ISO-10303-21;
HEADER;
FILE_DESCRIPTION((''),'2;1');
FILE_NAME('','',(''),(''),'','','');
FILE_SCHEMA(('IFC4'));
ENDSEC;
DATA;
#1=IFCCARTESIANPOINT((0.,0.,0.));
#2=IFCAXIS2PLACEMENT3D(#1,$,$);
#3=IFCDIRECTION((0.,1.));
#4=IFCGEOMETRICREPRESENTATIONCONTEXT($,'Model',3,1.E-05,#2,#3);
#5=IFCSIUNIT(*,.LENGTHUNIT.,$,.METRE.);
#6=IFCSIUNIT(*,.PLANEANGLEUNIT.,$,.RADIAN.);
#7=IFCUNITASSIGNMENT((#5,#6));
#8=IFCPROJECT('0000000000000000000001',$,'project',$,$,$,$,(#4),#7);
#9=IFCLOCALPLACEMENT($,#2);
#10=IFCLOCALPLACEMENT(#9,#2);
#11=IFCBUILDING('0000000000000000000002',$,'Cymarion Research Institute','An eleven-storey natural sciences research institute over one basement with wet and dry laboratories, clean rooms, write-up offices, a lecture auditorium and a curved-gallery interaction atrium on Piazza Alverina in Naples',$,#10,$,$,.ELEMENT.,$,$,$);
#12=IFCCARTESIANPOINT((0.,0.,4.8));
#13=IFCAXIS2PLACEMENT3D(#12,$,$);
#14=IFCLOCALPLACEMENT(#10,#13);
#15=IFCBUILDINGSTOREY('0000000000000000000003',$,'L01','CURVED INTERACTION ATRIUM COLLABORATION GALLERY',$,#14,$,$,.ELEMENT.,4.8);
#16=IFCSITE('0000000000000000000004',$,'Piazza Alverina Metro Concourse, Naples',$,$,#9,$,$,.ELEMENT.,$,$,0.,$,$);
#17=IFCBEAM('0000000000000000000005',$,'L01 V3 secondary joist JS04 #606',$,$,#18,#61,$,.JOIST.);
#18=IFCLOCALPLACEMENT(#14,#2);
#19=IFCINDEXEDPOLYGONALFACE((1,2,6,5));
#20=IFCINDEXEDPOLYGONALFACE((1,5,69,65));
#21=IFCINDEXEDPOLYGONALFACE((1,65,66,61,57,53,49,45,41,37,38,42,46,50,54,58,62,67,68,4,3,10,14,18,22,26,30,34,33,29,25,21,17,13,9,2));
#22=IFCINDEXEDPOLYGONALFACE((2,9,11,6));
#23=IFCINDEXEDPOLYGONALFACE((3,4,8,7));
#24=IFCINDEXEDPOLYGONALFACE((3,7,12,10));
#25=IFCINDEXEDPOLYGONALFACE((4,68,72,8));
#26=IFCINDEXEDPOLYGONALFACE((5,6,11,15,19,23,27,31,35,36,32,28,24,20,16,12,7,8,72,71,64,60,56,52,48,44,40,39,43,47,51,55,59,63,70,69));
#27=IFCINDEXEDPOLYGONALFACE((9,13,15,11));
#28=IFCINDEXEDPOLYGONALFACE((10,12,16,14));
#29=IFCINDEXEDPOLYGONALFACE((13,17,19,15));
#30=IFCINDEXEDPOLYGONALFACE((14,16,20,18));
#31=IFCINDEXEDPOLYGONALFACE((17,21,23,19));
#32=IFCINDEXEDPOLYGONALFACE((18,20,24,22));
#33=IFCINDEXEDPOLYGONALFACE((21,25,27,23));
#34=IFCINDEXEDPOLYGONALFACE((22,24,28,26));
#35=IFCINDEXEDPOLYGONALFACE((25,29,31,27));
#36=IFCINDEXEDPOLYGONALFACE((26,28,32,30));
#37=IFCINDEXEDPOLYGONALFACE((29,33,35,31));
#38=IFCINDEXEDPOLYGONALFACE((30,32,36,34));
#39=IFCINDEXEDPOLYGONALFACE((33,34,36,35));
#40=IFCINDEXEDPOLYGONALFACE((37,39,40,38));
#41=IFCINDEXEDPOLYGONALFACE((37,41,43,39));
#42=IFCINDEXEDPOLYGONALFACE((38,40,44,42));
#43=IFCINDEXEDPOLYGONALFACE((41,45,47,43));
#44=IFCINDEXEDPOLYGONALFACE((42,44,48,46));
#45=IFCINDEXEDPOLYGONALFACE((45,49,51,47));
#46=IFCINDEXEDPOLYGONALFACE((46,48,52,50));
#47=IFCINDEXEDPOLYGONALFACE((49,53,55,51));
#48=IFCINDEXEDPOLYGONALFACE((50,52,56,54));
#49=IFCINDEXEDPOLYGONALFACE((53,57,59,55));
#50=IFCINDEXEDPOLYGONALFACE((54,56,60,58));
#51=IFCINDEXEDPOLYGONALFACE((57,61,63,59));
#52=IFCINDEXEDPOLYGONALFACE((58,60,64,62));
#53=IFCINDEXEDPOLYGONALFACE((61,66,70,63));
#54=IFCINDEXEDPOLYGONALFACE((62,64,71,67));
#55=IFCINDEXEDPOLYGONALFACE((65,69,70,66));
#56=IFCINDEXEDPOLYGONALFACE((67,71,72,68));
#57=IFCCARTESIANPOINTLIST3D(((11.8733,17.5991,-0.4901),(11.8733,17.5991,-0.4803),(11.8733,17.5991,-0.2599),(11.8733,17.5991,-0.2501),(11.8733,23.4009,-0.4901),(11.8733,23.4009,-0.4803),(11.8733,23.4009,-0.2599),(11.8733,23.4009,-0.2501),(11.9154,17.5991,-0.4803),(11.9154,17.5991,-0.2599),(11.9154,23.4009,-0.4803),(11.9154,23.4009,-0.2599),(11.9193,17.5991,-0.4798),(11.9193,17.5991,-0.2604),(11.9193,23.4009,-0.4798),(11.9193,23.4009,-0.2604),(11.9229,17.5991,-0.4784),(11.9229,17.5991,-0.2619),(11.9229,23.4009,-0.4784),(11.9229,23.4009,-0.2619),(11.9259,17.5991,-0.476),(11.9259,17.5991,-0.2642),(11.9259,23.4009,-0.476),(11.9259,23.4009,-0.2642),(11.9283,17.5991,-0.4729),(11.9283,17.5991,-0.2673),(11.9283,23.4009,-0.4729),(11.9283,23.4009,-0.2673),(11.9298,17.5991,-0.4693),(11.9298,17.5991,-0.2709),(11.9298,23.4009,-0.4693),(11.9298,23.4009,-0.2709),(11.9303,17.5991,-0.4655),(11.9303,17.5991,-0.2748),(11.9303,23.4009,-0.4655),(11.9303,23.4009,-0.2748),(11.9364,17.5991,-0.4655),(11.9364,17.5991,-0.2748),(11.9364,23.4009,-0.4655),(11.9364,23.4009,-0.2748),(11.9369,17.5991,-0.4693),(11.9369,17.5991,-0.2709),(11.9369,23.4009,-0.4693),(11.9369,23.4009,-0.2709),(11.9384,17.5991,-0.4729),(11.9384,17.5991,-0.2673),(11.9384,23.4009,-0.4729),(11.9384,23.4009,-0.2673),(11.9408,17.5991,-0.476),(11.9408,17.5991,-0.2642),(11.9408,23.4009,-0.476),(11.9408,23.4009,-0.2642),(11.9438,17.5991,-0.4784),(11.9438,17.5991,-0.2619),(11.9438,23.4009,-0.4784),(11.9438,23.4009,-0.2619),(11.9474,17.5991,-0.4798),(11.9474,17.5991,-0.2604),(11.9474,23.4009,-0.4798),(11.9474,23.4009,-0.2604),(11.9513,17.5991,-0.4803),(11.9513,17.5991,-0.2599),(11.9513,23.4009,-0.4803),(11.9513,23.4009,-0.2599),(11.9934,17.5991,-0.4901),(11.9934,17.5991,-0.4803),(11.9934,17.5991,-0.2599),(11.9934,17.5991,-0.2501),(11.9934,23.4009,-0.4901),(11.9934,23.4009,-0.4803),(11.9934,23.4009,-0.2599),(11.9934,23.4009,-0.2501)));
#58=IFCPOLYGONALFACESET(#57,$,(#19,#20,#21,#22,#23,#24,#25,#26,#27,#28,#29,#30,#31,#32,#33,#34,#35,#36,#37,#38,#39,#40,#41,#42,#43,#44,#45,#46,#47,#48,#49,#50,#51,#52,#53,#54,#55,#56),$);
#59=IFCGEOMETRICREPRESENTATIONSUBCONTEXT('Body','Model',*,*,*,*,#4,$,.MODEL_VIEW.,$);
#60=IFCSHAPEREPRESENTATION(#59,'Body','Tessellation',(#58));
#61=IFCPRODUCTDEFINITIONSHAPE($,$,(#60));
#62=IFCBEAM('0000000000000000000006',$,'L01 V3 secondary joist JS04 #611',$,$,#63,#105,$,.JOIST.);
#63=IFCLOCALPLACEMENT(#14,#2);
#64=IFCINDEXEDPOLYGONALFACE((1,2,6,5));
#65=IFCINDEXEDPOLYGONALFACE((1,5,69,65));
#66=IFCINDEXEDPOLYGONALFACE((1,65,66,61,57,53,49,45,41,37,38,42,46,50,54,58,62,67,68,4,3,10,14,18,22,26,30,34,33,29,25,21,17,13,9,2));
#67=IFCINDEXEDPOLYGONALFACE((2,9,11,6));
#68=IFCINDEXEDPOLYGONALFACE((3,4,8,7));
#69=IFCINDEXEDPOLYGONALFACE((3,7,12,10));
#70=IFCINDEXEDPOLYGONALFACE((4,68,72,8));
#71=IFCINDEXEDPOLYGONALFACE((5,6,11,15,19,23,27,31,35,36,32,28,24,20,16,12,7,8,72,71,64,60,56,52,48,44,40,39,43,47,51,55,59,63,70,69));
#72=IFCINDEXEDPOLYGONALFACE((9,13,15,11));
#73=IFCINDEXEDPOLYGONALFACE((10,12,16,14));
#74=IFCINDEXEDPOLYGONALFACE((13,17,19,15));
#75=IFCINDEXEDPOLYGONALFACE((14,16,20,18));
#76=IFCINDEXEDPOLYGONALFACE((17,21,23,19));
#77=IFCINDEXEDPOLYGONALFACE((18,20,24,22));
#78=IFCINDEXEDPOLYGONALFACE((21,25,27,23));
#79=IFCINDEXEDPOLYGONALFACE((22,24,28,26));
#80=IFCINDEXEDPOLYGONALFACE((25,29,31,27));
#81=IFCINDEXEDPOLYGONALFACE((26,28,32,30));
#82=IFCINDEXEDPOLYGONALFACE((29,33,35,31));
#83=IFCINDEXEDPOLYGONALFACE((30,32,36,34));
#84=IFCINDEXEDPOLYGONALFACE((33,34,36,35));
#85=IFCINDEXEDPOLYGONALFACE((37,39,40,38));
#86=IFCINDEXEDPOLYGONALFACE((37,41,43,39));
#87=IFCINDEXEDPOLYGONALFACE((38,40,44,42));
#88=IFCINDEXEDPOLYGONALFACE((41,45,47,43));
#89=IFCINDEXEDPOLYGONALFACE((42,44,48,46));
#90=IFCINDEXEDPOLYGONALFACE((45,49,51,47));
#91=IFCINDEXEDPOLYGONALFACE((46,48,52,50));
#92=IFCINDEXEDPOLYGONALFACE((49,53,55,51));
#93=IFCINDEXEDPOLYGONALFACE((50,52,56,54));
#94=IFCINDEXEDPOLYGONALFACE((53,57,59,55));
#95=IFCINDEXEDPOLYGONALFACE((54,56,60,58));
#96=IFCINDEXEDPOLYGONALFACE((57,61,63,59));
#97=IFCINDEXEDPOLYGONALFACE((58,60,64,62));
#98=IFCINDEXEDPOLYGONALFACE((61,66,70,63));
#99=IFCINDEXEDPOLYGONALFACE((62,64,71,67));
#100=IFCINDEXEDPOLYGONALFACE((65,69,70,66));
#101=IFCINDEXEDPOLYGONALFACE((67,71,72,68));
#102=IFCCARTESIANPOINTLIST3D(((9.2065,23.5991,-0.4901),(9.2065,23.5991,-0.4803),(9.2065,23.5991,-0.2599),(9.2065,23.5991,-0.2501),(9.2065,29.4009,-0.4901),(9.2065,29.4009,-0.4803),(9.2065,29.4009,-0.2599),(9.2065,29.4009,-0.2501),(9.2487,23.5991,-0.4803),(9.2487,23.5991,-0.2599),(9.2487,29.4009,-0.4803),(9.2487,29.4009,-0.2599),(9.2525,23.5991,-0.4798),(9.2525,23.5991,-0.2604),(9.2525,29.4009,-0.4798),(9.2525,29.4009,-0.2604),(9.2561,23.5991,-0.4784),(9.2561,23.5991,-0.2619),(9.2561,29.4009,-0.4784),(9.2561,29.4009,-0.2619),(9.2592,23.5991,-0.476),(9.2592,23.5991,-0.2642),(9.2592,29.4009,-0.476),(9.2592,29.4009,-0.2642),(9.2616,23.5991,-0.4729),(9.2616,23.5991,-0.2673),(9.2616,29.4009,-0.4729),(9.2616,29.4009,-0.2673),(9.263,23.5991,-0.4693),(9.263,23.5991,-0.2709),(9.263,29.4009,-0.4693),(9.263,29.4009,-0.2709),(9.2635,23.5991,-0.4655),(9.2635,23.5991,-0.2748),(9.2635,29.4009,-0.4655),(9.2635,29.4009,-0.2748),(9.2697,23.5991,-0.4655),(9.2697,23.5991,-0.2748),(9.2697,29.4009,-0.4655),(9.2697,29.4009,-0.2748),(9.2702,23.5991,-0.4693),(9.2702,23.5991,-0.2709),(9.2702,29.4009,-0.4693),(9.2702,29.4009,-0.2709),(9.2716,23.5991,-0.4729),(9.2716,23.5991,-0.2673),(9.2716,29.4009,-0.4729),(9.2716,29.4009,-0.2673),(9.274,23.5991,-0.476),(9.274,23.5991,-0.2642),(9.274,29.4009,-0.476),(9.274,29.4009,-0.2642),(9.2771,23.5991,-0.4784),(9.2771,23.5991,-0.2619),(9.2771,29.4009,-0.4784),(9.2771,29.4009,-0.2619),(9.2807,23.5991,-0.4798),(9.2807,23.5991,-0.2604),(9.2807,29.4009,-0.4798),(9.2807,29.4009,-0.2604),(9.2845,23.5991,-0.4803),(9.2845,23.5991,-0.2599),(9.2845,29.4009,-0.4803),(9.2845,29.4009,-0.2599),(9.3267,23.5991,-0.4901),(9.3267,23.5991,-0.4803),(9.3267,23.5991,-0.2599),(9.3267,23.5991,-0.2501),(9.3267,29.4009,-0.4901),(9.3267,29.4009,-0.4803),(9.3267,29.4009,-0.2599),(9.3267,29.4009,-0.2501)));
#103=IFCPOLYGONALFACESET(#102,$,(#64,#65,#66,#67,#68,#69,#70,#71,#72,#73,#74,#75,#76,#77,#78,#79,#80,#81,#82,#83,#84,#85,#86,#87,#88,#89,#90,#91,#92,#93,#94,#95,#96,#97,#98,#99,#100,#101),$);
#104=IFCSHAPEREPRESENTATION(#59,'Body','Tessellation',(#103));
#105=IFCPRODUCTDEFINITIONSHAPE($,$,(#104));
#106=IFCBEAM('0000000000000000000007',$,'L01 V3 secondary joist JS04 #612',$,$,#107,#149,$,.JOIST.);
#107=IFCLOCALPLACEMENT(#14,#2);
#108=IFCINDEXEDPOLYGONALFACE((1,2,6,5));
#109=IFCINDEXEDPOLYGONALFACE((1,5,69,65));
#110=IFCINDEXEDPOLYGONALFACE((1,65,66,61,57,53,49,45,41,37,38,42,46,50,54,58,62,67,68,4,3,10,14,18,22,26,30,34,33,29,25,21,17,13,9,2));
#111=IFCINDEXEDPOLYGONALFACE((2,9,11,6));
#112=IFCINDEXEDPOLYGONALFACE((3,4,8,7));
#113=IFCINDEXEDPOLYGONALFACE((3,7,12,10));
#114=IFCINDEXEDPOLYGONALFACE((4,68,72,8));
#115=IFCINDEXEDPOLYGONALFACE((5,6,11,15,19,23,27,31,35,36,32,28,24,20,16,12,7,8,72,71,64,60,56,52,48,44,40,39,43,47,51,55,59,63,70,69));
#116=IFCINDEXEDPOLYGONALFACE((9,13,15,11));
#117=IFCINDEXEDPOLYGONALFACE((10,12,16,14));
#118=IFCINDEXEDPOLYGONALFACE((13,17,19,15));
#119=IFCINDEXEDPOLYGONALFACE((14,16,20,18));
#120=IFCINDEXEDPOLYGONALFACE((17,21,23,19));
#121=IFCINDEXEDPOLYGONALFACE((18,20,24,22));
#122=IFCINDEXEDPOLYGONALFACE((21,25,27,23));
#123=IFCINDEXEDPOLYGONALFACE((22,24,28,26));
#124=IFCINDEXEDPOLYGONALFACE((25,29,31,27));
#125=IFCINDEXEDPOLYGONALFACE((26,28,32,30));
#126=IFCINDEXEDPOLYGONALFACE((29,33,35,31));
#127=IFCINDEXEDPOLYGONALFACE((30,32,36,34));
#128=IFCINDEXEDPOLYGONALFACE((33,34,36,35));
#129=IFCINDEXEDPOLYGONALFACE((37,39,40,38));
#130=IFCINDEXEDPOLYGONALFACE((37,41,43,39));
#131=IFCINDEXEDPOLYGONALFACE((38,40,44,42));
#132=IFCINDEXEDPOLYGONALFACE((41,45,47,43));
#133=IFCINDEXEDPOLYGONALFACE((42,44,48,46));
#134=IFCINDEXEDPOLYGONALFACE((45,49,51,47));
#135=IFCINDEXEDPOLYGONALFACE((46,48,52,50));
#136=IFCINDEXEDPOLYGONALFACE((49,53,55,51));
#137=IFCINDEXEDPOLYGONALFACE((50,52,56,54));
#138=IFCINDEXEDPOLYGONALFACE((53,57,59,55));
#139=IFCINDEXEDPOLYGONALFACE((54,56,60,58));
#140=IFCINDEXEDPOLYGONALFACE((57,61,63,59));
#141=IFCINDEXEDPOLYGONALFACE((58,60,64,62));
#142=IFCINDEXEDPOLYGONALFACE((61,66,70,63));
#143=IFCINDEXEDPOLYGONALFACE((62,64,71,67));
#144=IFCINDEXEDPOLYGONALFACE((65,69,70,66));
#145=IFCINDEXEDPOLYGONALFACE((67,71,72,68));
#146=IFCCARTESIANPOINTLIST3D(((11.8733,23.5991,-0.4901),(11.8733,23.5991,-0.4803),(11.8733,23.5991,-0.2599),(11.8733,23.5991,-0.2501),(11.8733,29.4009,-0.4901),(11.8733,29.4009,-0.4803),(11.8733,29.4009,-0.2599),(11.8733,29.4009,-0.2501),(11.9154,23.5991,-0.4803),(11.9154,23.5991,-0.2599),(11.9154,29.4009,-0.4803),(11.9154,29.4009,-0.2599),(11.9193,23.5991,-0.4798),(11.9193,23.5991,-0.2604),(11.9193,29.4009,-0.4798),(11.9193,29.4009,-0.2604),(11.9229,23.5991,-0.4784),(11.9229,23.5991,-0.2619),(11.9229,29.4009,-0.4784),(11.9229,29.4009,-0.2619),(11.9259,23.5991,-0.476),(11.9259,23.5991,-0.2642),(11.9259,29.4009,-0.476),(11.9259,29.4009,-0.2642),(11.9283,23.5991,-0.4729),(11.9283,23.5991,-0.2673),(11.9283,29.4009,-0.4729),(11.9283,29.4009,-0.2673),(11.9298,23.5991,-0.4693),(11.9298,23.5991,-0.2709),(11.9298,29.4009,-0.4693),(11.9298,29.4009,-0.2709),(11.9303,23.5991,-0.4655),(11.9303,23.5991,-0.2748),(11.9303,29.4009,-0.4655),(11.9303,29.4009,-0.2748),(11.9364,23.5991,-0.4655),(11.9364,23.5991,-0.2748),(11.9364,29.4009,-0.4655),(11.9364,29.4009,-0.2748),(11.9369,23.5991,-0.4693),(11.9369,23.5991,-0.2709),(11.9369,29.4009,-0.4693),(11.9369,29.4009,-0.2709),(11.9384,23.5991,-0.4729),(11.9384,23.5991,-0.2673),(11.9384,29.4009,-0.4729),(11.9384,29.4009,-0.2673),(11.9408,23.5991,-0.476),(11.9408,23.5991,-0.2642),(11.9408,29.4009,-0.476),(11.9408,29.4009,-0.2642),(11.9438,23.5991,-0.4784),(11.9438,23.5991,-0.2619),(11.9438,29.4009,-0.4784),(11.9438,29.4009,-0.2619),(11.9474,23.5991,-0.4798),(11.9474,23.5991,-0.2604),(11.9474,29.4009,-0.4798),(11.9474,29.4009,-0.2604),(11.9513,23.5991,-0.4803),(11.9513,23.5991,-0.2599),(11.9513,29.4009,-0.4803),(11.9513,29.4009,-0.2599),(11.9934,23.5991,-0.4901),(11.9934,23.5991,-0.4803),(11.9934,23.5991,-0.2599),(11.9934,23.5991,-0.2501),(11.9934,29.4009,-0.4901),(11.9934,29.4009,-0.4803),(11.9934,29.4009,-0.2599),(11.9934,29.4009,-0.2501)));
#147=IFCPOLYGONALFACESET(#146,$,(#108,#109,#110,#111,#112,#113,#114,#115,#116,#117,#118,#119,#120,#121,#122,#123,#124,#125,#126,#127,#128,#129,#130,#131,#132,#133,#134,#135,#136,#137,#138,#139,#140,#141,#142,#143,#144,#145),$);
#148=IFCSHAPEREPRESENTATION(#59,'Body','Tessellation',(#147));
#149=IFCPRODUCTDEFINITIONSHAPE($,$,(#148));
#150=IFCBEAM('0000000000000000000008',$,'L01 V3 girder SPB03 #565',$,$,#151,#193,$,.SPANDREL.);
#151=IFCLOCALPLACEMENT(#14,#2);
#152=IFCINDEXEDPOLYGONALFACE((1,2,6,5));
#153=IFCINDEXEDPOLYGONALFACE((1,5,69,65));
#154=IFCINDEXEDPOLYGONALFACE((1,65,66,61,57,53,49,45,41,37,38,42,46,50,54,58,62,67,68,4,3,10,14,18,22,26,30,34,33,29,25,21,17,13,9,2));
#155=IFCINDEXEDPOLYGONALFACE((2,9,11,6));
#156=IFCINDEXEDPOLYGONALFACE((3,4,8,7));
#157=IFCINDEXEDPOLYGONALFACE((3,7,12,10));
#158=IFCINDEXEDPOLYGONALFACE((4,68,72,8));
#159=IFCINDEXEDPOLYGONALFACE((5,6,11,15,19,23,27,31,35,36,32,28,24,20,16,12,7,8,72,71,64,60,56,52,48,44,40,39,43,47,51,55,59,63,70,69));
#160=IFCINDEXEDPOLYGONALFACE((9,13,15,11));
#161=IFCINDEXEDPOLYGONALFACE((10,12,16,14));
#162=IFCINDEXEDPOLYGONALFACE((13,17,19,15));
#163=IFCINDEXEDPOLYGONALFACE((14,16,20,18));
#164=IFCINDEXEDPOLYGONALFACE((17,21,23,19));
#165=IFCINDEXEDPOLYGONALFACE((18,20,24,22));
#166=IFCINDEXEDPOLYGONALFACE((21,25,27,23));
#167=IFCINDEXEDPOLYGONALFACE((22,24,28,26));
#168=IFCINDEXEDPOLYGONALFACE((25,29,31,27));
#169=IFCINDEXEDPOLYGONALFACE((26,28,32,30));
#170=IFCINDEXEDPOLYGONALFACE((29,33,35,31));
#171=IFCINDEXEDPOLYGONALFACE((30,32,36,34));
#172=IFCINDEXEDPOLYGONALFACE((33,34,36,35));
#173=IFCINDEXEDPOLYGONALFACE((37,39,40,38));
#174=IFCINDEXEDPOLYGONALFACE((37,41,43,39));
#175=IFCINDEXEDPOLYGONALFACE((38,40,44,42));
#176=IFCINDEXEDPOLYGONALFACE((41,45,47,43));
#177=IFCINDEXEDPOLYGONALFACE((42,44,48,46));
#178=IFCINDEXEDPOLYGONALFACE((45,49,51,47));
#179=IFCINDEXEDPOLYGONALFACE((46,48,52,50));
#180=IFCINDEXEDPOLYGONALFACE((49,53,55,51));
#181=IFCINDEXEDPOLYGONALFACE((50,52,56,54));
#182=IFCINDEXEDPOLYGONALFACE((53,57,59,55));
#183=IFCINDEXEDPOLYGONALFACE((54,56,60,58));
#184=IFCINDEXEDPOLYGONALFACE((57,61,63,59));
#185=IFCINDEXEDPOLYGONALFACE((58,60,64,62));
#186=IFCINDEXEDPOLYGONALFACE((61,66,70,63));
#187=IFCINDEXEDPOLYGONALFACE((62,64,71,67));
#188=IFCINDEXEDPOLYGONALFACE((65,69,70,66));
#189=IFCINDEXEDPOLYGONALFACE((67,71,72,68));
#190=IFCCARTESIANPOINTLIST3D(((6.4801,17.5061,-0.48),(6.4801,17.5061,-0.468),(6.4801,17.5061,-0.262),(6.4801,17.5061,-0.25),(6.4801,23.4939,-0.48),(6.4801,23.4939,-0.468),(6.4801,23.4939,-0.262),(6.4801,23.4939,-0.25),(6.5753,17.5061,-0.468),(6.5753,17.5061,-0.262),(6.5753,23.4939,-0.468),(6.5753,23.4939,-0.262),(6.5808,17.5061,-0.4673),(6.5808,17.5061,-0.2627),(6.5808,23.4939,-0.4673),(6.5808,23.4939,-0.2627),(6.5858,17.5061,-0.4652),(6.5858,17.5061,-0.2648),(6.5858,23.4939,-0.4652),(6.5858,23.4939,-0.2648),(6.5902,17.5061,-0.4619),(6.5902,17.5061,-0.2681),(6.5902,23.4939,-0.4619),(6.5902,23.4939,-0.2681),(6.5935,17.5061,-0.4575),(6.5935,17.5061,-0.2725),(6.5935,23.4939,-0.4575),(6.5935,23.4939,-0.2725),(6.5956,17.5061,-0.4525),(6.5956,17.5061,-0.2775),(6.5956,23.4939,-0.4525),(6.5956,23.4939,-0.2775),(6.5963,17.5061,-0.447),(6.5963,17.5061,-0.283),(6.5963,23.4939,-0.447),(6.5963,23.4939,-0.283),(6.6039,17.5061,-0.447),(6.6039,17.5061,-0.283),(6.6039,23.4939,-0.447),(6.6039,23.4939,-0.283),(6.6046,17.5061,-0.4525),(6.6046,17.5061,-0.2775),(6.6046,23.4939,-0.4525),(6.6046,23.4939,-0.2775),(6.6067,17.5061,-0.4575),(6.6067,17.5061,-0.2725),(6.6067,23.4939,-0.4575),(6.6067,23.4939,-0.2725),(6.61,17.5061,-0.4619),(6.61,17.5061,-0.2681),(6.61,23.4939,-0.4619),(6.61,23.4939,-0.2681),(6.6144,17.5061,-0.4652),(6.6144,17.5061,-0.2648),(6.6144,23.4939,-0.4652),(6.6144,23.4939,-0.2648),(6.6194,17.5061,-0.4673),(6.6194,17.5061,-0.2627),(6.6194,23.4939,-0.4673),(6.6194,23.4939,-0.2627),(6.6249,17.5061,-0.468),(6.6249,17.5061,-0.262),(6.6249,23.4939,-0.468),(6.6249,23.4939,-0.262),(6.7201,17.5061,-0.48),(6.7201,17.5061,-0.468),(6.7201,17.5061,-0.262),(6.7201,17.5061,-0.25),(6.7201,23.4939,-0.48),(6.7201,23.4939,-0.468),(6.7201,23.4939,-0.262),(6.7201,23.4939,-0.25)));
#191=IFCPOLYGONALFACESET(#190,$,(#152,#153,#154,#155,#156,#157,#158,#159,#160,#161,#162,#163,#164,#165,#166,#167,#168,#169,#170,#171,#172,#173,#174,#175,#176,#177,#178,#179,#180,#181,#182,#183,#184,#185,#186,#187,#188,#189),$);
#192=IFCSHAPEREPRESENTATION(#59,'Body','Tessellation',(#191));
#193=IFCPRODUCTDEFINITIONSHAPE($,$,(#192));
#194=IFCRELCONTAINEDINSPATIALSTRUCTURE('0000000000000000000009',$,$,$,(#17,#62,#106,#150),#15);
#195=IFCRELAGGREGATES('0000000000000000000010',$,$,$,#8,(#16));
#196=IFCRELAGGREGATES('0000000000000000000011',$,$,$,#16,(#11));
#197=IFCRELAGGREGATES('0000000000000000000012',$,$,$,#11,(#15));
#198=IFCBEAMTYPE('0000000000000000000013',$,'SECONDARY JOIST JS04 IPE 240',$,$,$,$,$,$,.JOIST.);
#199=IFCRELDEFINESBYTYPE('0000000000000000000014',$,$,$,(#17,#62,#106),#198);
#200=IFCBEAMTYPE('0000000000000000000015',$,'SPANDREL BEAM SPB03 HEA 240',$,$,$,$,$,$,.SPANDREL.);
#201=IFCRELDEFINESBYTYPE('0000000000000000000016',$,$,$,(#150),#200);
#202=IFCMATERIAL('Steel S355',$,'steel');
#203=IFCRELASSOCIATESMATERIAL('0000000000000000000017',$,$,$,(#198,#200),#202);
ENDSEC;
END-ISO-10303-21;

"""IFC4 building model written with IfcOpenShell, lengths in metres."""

from ifc_helpers import new_model, si_unit, direction, frame, origin, origin_2d, place, context, subcontext, project, spatial, i_section, extrude, material, material_profile, profile_set, type_object, element, save


model = new_model("IFC4")

# Units and contexts
model_context = context("Model", 3, precision=1e-05, world=origin(), true_north=direction((0.0, 1.0)))
body_context = subcontext(model_context, "Body", "Model", "MODEL_VIEW")
ifc_project = project(units=[si_unit("LENGTHUNIT", "METRE"), si_unit("PLANEANGLEUNIT", "RADIAN")], contexts=[model_context])

# Site, building, storey
site_placement = place(None, origin())
site = spatial("IfcSite", under=ifc_project, at=site_placement, Name="Piazza Alverina Metro Concourse, Naples", CompositionType="ELEMENT", RefElevation=0.0)
building_placement = place(site_placement, origin())
building = spatial("IfcBuilding", under=site, at=building_placement, Name="Cymarion Research Institute", Description="An eleven-storey natural sciences research institute over one basement with wet and dry laboratories, clean rooms, write-up offices, a lecture auditorium and a curved-gallery interaction atrium on Piazza Alverina in Naples", CompositionType="ELEMENT")
storey_placement = place(building_placement, frame((0.0, 0.0, 4.8)))
storey = spatial("IfcBuildingStorey", under=building, at=storey_placement, Name="L01", Description="CURVED INTERACTION ATRIUM COLLABORATION GALLERY", CompositionType="ELEMENT", Elevation=4.8)

# Shared definitions
ifc_material_1 = material(Name="Steel S355", Category="steel")

# Beams
ifc_material_profile_1 = material_profile(ifc_material_1, i_section(OverallWidth=0.1201, OverallDepth=0.24, WebThickness=0.0061, FlangeThickness=0.0098, FilletRadius=0.0149, at=origin_2d()), Name="IPE 240")
ifc_profile_set_1 = profile_set([ifc_material_profile_1], Name="Steel S355")
beam_type_1 = type_object("IfcBeamType", Name="SECONDARY JOIST JS04 IPE 240", PredefinedType="JOIST", material=ifc_profile_set_1)
for number, where, z_axis, x_axis, name in (
    (1, (11.9333, 17.5991, -0.3701), (0.0, 1.0, 0.0), (-1.0, 0.0, 0.0), "L01 V3 secondary joist JS04 #606"),
    (2, (9.2666, 23.5991, -0.3701), (0.0, 1.0, 0.0), (-1.0, 0.0, 0.0), "L01 V3 secondary joist JS04 #611"),
    (3, (11.9333, 23.5991, -0.3701), (0.0, 1.0, 0.0), (-1.0, 0.0, 0.0), "L01 V3 secondary joist JS04 #612"),
):
    element("IfcBeam", number, at=place(storey_placement, frame(where, z_axis=z_axis, x_axis=x_axis)), inside=storey, type_object=beam_type_1, Name=name, PredefinedType="JOIST", context=body_context, shape_type="SweptSolid", body=[
        extrude(i_section(OverallWidth=0.1201, OverallDepth=0.24, WebThickness=0.0061, FlangeThickness=0.0098, FilletRadius=0.0149, at=origin_2d()), origin(), (0.0, 0.0, 1.0), 5.8018),
    ])
ifc_material_profile_2 = material_profile(ifc_material_1, i_section(OverallWidth=0.24, OverallDepth=0.23, WebThickness=0.0076, FlangeThickness=0.012, FilletRadius=0.021, at=origin_2d()), Name="HEA 240")
ifc_profile_set_2 = profile_set([ifc_material_profile_2], Name="Steel S355")
beam_type_2 = type_object("IfcBeamType", Name="SPANDREL BEAM SPB03 HEA 240", PredefinedType="SPANDREL", material=ifc_profile_set_2)
for number, where, z_axis, x_axis, name in (
    (4, (6.6001, 17.5061, -0.365), (0.0, 1.0, 0.0), (-1.0, 0.0, 0.0), "L01 V3 girder SPB03 #565"),
):
    element("IfcBeam", number, at=place(storey_placement, frame(where, z_axis=z_axis, x_axis=x_axis)), inside=storey, type_object=beam_type_2, Name=name, PredefinedType="SPANDREL", context=body_context, shape_type="SweptSolid", body=[
        extrude(i_section(OverallWidth=0.24, OverallDepth=0.23, WebThickness=0.0076, FlangeThickness=0.012, FilletRadius=0.021, at=origin_2d()), origin(), (0.0, 0.0, 1.0), 5.9878),
    ])

save(model, "model.ifc")
